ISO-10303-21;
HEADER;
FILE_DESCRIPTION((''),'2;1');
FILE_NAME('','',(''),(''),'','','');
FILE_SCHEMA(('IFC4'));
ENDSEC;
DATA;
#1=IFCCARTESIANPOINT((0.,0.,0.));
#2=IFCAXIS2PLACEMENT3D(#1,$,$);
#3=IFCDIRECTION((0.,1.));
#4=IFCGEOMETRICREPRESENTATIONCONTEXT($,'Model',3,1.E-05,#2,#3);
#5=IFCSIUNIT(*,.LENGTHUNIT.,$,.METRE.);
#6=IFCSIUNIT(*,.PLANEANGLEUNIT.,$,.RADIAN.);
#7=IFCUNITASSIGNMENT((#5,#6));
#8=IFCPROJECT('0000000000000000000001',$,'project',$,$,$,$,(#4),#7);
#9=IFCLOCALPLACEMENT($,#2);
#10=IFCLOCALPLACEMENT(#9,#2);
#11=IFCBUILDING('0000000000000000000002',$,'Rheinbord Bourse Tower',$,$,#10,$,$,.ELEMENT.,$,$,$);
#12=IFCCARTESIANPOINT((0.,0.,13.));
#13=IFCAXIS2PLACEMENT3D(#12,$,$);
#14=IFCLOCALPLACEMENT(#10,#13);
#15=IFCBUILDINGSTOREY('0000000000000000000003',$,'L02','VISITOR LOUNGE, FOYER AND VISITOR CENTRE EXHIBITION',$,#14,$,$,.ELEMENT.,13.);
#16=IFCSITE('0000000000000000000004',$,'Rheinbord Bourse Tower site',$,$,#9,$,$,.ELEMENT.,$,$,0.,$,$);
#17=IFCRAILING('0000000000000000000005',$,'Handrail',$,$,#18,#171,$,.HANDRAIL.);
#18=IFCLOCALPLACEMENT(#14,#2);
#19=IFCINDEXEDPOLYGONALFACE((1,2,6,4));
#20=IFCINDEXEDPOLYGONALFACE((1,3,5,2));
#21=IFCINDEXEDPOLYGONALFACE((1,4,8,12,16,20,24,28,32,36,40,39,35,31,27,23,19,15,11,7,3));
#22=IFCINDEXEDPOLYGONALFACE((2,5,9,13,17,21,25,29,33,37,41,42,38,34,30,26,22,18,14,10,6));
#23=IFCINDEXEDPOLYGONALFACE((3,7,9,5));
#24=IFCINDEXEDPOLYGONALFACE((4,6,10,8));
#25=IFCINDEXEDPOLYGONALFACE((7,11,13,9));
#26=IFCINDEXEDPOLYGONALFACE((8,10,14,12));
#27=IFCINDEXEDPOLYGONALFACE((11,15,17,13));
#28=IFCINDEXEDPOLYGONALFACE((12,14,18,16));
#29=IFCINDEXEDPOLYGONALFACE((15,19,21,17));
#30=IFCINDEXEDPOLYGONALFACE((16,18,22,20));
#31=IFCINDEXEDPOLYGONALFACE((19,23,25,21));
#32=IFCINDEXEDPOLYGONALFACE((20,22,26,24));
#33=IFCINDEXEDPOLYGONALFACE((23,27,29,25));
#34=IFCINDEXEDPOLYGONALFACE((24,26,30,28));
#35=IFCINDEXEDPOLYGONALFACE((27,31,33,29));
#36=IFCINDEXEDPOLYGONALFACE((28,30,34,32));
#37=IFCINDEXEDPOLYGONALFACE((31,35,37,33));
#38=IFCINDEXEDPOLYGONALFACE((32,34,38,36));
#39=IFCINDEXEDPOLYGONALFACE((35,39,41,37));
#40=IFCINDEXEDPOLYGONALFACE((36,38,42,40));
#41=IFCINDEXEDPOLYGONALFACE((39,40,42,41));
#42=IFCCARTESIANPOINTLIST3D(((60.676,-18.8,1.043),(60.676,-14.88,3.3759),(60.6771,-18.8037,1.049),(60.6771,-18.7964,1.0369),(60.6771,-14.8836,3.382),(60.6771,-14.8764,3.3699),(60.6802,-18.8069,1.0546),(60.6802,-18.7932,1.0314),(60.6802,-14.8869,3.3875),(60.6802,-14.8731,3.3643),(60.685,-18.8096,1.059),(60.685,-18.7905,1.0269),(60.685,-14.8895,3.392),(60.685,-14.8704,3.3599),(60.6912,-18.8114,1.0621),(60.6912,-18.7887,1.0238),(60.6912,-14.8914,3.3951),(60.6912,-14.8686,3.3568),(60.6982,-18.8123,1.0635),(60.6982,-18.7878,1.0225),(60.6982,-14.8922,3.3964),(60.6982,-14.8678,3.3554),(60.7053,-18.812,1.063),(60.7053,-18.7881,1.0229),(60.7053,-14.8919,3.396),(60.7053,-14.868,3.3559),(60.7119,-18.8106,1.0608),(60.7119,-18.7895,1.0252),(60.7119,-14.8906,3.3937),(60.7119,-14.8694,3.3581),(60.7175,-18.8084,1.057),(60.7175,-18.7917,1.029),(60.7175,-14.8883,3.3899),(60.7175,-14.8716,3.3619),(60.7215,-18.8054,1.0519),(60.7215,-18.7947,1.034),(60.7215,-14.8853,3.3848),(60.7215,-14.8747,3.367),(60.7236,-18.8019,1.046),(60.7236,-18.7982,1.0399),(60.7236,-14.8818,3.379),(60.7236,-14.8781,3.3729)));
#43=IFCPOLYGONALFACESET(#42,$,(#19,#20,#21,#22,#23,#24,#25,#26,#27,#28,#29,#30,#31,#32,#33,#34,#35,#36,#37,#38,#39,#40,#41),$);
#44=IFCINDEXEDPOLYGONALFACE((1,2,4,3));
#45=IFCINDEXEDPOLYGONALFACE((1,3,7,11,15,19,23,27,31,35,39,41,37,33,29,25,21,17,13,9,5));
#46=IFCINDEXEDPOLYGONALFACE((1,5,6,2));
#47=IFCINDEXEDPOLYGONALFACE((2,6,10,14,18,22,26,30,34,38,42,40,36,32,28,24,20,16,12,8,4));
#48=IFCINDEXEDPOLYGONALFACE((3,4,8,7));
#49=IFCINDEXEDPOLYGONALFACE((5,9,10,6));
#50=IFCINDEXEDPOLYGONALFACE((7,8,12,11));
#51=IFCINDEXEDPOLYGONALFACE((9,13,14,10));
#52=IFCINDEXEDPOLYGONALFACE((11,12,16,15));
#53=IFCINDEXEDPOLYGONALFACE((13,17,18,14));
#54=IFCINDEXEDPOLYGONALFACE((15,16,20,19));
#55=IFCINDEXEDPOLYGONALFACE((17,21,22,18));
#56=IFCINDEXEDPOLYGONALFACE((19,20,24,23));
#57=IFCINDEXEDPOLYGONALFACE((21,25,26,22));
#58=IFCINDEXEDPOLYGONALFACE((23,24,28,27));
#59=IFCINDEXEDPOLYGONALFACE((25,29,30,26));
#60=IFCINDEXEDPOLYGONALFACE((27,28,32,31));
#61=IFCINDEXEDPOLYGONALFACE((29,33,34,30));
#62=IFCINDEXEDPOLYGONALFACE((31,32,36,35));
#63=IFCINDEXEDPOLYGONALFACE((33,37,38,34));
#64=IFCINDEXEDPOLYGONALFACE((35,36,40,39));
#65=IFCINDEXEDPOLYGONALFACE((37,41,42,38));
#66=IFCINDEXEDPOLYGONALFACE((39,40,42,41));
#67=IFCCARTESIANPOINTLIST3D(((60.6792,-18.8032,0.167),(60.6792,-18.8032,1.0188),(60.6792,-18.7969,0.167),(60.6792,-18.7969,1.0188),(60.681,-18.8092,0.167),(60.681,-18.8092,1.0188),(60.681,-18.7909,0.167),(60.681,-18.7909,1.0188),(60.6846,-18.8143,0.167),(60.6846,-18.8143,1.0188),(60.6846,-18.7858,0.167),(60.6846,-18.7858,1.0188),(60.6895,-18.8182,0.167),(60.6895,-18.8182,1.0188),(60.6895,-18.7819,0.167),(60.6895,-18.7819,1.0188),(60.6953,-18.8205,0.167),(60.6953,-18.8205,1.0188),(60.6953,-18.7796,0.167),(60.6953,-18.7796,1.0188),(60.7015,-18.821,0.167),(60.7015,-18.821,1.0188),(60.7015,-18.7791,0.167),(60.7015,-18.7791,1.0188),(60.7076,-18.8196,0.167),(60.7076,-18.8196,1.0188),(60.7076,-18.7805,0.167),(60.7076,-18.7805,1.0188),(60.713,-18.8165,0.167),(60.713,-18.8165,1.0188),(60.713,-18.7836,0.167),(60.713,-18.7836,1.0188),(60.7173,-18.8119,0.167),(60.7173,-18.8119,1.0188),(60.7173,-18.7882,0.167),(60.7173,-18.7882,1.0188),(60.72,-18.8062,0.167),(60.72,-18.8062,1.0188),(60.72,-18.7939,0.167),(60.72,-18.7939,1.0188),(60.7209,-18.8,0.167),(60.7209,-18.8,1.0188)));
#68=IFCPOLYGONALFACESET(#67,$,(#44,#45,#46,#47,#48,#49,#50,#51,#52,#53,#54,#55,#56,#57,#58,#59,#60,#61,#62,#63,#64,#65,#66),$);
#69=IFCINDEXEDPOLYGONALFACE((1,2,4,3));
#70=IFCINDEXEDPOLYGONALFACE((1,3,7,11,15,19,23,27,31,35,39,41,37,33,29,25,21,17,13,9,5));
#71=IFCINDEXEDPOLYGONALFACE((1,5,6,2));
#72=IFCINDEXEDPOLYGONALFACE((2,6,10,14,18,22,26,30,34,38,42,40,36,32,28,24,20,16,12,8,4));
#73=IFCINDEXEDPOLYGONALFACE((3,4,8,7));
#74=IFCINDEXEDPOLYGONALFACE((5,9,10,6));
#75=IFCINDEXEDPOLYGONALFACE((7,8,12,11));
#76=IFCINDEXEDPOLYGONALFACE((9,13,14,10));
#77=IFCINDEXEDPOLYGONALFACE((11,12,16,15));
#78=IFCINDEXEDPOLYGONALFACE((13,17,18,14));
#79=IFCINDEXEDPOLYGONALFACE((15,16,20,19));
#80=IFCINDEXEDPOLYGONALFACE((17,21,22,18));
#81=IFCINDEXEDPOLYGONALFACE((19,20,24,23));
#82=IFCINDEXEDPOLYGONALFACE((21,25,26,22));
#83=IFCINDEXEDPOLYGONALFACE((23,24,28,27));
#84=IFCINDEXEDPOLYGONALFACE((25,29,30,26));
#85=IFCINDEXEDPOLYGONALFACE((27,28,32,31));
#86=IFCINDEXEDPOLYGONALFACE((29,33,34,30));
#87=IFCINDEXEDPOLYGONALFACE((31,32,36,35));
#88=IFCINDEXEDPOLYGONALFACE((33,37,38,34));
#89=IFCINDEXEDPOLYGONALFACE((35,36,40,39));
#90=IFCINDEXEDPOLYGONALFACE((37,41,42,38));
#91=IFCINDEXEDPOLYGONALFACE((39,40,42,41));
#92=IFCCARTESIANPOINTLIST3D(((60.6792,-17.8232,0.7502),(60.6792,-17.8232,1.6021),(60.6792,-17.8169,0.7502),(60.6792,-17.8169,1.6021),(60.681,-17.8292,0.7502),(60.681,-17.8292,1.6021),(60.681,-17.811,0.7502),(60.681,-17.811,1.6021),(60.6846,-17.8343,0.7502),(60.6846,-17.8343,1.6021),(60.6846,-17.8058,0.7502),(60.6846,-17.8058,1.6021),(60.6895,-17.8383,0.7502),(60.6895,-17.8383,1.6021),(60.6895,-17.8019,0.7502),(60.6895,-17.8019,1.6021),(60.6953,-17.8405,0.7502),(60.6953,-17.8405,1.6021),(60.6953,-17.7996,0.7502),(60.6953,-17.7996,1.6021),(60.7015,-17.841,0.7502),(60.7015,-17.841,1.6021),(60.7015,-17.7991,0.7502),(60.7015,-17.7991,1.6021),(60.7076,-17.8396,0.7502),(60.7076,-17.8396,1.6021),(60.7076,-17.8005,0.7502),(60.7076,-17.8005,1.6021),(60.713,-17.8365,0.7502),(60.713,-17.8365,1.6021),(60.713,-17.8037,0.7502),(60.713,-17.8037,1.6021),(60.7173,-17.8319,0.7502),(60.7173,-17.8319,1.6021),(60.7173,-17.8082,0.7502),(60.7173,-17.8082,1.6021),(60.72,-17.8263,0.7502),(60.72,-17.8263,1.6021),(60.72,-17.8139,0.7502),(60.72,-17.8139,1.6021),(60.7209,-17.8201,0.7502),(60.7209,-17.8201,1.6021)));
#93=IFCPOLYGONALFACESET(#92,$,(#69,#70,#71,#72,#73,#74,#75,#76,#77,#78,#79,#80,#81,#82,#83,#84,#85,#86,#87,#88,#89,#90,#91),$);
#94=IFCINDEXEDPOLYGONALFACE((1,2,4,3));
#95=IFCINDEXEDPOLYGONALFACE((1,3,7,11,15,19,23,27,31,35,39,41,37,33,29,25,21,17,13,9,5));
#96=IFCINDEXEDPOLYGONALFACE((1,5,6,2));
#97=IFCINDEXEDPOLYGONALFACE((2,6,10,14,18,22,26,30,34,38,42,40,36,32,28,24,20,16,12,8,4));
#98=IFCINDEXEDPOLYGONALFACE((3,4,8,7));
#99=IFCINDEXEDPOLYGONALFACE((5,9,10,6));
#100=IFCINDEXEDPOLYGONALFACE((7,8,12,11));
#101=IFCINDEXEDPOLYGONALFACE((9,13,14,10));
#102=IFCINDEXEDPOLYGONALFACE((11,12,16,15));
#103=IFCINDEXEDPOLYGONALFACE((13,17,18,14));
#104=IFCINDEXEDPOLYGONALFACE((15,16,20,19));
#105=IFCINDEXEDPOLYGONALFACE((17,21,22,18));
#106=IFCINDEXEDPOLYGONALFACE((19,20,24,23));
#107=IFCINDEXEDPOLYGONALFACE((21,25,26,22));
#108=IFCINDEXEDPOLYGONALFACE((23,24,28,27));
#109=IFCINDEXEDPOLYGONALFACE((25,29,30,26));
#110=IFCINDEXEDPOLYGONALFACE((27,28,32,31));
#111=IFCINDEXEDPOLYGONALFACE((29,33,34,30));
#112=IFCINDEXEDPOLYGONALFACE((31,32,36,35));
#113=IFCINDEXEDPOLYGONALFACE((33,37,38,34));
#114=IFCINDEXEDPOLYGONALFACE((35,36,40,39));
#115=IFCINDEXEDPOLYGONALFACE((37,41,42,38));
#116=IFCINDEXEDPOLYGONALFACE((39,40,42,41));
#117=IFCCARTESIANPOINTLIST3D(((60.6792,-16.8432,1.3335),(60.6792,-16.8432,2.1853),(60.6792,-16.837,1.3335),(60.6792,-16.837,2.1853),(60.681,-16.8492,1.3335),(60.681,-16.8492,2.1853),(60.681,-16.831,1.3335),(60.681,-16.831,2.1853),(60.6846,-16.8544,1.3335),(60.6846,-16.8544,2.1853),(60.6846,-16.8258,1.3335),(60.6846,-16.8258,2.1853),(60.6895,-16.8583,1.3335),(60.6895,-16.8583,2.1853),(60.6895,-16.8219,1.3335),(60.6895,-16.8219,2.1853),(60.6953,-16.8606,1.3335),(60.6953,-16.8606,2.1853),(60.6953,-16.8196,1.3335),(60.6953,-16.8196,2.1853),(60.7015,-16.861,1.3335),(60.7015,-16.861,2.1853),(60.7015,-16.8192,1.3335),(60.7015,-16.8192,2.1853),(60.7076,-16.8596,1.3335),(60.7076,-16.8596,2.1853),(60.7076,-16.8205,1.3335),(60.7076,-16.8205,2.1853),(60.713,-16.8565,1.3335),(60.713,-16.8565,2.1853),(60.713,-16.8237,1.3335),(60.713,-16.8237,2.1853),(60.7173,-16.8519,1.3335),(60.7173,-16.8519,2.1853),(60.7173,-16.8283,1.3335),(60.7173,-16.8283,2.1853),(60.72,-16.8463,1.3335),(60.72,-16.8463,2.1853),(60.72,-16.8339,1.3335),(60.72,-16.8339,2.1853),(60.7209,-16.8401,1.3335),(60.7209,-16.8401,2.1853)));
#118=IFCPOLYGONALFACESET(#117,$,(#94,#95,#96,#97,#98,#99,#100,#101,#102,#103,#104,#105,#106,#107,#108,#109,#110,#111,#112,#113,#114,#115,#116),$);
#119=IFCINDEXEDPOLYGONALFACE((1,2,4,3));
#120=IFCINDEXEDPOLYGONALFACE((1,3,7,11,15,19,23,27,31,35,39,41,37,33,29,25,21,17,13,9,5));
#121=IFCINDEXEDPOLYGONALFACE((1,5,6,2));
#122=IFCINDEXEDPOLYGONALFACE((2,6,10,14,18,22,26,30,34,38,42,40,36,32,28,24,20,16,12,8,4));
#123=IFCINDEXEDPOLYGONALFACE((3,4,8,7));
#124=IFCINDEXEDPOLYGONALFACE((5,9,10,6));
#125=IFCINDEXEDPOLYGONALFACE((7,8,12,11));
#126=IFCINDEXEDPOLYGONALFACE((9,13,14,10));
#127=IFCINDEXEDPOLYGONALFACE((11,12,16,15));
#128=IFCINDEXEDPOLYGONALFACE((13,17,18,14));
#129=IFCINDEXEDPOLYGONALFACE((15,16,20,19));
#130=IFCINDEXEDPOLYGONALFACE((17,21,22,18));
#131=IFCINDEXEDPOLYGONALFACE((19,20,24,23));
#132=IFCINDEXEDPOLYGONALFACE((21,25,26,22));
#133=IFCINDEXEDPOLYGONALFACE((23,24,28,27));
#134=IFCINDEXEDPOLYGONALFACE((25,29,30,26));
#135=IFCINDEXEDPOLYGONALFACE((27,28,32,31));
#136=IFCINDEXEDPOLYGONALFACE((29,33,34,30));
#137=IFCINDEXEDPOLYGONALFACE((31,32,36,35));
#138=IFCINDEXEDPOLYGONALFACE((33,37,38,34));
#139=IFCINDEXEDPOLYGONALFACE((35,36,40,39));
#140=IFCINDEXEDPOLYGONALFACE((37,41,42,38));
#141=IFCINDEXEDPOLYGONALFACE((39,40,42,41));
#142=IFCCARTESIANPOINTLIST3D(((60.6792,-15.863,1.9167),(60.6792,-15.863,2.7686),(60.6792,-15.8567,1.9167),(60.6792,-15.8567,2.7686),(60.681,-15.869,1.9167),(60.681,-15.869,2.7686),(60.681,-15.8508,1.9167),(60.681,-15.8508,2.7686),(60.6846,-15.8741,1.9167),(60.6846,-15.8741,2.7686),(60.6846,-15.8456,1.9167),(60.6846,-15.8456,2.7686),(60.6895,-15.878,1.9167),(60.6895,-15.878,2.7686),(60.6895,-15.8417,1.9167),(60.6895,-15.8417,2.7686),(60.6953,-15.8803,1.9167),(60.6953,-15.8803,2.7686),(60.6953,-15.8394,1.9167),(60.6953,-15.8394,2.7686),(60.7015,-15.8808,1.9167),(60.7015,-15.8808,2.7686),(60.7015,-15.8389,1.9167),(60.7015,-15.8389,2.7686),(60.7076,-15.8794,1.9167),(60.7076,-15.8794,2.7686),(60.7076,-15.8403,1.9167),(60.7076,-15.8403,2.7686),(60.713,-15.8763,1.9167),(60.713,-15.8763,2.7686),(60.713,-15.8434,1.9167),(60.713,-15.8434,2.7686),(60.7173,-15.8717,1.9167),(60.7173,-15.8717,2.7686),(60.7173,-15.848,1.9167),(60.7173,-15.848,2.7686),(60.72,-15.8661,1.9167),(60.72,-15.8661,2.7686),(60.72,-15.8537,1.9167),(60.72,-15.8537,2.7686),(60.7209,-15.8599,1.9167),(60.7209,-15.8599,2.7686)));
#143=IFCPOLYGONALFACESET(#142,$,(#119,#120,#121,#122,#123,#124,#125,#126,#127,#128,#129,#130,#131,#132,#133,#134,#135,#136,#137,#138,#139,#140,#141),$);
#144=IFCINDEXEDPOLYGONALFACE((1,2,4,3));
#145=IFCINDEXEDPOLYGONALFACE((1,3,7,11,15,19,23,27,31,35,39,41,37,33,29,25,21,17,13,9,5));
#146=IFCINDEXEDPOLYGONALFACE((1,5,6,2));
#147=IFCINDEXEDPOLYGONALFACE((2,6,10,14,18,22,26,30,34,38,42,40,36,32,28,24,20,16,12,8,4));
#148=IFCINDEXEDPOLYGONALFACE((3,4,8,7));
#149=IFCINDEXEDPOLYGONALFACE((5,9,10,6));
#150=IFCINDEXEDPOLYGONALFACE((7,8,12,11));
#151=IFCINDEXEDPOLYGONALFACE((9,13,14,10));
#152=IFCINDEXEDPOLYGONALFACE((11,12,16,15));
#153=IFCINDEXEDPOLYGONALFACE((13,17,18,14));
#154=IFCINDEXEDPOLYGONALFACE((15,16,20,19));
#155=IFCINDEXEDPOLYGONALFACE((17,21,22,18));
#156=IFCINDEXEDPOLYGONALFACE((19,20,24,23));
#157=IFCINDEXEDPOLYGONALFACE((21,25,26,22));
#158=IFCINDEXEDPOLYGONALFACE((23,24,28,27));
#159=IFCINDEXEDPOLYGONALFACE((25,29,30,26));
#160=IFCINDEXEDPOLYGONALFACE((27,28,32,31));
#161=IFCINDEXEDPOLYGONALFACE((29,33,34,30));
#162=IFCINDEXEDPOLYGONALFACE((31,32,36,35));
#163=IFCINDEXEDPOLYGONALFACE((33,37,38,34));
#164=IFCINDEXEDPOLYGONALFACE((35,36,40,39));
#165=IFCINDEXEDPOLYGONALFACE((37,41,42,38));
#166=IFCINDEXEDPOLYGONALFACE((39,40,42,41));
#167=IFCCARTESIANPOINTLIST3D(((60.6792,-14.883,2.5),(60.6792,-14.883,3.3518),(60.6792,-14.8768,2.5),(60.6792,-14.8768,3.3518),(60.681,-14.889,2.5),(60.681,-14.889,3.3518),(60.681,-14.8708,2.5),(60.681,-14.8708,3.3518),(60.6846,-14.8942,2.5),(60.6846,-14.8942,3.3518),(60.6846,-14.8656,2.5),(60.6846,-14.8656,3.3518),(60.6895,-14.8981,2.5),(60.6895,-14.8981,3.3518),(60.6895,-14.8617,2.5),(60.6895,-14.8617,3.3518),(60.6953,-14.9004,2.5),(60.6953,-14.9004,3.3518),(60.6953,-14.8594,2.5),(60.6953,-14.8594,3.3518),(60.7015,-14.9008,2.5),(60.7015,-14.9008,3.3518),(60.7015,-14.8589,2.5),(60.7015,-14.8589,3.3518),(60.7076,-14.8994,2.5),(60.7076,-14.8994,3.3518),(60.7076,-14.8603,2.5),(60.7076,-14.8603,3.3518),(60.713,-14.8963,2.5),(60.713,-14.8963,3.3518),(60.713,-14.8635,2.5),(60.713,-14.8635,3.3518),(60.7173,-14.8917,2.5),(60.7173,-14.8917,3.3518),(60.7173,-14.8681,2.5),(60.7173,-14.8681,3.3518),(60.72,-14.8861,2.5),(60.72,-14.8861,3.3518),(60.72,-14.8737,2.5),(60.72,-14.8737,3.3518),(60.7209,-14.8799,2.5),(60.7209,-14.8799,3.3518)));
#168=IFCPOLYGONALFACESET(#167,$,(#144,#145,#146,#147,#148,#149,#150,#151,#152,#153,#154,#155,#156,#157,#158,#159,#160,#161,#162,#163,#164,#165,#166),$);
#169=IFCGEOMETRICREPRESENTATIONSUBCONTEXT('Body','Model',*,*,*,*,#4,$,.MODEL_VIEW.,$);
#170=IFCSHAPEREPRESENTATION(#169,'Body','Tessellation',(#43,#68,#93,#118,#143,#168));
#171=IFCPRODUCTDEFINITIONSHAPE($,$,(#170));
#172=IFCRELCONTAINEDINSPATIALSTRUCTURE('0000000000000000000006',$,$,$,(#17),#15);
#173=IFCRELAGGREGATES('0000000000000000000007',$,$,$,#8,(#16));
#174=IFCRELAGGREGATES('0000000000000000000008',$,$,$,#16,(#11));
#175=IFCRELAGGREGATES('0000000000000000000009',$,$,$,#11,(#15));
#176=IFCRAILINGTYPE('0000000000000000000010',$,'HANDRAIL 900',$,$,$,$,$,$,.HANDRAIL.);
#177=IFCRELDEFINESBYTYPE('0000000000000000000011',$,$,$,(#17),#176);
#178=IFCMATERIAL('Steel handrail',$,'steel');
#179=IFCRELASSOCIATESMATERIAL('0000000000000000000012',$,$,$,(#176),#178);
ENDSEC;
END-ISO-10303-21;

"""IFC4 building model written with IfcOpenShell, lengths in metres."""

from ifc_helpers import new_model, si_unit, direction, frame, origin, origin_2d, place, context, subcontext, project, spatial, circle, extrude, material, type_object, element, save


model = new_model("IFC4")

# Units and contexts
model_context = context("Model", 3, precision=1e-05, world=origin(), true_north=direction((0.0, 1.0)))
body_context = subcontext(model_context, "Body", "Model", "MODEL_VIEW")
ifc_project = project(units=[si_unit("LENGTHUNIT", "METRE"), si_unit("PLANEANGLEUNIT", "RADIAN")], contexts=[model_context])

# Site, building, storey
site_placement = place(None, origin())
site = spatial("IfcSite", under=ifc_project, at=site_placement, Name="Rheinbord Bourse Tower site", CompositionType="ELEMENT", RefElevation=0.0)
building_placement = place(site_placement, origin())
building = spatial("IfcBuilding", under=site, at=building_placement, Name="Rheinbord Bourse Tower", CompositionType="ELEMENT")
storey_placement = place(building_placement, frame((0.0, 0.0, 13.0)))
storey = spatial("IfcBuildingStorey", under=building, at=storey_placement, Name="L02", Description="VISITOR LOUNGE, FOYER AND VISITOR CENTRE EXHIBITION", CompositionType="ELEMENT", Elevation=13.0)

# Railing
ifc_material_1 = material(Name="Steel handrail", Category="steel")
railing_type = type_object("IfcRailingType", Name="HANDRAIL 900", PredefinedType="HANDRAIL", material=ifc_material_1)
railing_1_placement = place(storey_placement, frame((60.7, -18.8, 0.167)))
element("IfcRailing", 1, at=railing_1_placement, inside=storey, type_object=railing_type, Name="Handrail", PredefinedType="HANDRAIL", context=body_context, shape_type="SweptSolid", body=[
    extrude(circle(Radius=0.0239, at=origin_2d()), frame((0.0, 0.0, 0.876), z_axis=(0.0, 0.859334, 0.511415), x_axis=(-1.0, 0.0, 0.0)), (0.0, 0.0, 1.0), 4.5618),
    extrude(circle(Radius=0.021, at=origin_2d()), origin(), (0.0, 0.0, 1.0), 0.8518),
    extrude(circle(Radius=0.021, at=origin_2d()), frame((0.0, 0.98, 0.5833)), (0.0, 0.0, 1.0), 0.8518),
    extrude(circle(Radius=0.021, at=origin_2d()), frame((0.0, 1.96, 1.1665)), (0.0, 0.0, 1.0), 0.8518),
    extrude(circle(Radius=0.021, at=origin_2d()), frame((0.0, 2.9402, 1.7498)), (0.0, 0.0, 1.0), 0.8518),
    extrude(circle(Radius=0.021, at=origin_2d()), frame((0.0, 3.9202, 2.333)), (0.0, 0.0, 1.0), 0.8518),
])

save(model, "model.ifc")
